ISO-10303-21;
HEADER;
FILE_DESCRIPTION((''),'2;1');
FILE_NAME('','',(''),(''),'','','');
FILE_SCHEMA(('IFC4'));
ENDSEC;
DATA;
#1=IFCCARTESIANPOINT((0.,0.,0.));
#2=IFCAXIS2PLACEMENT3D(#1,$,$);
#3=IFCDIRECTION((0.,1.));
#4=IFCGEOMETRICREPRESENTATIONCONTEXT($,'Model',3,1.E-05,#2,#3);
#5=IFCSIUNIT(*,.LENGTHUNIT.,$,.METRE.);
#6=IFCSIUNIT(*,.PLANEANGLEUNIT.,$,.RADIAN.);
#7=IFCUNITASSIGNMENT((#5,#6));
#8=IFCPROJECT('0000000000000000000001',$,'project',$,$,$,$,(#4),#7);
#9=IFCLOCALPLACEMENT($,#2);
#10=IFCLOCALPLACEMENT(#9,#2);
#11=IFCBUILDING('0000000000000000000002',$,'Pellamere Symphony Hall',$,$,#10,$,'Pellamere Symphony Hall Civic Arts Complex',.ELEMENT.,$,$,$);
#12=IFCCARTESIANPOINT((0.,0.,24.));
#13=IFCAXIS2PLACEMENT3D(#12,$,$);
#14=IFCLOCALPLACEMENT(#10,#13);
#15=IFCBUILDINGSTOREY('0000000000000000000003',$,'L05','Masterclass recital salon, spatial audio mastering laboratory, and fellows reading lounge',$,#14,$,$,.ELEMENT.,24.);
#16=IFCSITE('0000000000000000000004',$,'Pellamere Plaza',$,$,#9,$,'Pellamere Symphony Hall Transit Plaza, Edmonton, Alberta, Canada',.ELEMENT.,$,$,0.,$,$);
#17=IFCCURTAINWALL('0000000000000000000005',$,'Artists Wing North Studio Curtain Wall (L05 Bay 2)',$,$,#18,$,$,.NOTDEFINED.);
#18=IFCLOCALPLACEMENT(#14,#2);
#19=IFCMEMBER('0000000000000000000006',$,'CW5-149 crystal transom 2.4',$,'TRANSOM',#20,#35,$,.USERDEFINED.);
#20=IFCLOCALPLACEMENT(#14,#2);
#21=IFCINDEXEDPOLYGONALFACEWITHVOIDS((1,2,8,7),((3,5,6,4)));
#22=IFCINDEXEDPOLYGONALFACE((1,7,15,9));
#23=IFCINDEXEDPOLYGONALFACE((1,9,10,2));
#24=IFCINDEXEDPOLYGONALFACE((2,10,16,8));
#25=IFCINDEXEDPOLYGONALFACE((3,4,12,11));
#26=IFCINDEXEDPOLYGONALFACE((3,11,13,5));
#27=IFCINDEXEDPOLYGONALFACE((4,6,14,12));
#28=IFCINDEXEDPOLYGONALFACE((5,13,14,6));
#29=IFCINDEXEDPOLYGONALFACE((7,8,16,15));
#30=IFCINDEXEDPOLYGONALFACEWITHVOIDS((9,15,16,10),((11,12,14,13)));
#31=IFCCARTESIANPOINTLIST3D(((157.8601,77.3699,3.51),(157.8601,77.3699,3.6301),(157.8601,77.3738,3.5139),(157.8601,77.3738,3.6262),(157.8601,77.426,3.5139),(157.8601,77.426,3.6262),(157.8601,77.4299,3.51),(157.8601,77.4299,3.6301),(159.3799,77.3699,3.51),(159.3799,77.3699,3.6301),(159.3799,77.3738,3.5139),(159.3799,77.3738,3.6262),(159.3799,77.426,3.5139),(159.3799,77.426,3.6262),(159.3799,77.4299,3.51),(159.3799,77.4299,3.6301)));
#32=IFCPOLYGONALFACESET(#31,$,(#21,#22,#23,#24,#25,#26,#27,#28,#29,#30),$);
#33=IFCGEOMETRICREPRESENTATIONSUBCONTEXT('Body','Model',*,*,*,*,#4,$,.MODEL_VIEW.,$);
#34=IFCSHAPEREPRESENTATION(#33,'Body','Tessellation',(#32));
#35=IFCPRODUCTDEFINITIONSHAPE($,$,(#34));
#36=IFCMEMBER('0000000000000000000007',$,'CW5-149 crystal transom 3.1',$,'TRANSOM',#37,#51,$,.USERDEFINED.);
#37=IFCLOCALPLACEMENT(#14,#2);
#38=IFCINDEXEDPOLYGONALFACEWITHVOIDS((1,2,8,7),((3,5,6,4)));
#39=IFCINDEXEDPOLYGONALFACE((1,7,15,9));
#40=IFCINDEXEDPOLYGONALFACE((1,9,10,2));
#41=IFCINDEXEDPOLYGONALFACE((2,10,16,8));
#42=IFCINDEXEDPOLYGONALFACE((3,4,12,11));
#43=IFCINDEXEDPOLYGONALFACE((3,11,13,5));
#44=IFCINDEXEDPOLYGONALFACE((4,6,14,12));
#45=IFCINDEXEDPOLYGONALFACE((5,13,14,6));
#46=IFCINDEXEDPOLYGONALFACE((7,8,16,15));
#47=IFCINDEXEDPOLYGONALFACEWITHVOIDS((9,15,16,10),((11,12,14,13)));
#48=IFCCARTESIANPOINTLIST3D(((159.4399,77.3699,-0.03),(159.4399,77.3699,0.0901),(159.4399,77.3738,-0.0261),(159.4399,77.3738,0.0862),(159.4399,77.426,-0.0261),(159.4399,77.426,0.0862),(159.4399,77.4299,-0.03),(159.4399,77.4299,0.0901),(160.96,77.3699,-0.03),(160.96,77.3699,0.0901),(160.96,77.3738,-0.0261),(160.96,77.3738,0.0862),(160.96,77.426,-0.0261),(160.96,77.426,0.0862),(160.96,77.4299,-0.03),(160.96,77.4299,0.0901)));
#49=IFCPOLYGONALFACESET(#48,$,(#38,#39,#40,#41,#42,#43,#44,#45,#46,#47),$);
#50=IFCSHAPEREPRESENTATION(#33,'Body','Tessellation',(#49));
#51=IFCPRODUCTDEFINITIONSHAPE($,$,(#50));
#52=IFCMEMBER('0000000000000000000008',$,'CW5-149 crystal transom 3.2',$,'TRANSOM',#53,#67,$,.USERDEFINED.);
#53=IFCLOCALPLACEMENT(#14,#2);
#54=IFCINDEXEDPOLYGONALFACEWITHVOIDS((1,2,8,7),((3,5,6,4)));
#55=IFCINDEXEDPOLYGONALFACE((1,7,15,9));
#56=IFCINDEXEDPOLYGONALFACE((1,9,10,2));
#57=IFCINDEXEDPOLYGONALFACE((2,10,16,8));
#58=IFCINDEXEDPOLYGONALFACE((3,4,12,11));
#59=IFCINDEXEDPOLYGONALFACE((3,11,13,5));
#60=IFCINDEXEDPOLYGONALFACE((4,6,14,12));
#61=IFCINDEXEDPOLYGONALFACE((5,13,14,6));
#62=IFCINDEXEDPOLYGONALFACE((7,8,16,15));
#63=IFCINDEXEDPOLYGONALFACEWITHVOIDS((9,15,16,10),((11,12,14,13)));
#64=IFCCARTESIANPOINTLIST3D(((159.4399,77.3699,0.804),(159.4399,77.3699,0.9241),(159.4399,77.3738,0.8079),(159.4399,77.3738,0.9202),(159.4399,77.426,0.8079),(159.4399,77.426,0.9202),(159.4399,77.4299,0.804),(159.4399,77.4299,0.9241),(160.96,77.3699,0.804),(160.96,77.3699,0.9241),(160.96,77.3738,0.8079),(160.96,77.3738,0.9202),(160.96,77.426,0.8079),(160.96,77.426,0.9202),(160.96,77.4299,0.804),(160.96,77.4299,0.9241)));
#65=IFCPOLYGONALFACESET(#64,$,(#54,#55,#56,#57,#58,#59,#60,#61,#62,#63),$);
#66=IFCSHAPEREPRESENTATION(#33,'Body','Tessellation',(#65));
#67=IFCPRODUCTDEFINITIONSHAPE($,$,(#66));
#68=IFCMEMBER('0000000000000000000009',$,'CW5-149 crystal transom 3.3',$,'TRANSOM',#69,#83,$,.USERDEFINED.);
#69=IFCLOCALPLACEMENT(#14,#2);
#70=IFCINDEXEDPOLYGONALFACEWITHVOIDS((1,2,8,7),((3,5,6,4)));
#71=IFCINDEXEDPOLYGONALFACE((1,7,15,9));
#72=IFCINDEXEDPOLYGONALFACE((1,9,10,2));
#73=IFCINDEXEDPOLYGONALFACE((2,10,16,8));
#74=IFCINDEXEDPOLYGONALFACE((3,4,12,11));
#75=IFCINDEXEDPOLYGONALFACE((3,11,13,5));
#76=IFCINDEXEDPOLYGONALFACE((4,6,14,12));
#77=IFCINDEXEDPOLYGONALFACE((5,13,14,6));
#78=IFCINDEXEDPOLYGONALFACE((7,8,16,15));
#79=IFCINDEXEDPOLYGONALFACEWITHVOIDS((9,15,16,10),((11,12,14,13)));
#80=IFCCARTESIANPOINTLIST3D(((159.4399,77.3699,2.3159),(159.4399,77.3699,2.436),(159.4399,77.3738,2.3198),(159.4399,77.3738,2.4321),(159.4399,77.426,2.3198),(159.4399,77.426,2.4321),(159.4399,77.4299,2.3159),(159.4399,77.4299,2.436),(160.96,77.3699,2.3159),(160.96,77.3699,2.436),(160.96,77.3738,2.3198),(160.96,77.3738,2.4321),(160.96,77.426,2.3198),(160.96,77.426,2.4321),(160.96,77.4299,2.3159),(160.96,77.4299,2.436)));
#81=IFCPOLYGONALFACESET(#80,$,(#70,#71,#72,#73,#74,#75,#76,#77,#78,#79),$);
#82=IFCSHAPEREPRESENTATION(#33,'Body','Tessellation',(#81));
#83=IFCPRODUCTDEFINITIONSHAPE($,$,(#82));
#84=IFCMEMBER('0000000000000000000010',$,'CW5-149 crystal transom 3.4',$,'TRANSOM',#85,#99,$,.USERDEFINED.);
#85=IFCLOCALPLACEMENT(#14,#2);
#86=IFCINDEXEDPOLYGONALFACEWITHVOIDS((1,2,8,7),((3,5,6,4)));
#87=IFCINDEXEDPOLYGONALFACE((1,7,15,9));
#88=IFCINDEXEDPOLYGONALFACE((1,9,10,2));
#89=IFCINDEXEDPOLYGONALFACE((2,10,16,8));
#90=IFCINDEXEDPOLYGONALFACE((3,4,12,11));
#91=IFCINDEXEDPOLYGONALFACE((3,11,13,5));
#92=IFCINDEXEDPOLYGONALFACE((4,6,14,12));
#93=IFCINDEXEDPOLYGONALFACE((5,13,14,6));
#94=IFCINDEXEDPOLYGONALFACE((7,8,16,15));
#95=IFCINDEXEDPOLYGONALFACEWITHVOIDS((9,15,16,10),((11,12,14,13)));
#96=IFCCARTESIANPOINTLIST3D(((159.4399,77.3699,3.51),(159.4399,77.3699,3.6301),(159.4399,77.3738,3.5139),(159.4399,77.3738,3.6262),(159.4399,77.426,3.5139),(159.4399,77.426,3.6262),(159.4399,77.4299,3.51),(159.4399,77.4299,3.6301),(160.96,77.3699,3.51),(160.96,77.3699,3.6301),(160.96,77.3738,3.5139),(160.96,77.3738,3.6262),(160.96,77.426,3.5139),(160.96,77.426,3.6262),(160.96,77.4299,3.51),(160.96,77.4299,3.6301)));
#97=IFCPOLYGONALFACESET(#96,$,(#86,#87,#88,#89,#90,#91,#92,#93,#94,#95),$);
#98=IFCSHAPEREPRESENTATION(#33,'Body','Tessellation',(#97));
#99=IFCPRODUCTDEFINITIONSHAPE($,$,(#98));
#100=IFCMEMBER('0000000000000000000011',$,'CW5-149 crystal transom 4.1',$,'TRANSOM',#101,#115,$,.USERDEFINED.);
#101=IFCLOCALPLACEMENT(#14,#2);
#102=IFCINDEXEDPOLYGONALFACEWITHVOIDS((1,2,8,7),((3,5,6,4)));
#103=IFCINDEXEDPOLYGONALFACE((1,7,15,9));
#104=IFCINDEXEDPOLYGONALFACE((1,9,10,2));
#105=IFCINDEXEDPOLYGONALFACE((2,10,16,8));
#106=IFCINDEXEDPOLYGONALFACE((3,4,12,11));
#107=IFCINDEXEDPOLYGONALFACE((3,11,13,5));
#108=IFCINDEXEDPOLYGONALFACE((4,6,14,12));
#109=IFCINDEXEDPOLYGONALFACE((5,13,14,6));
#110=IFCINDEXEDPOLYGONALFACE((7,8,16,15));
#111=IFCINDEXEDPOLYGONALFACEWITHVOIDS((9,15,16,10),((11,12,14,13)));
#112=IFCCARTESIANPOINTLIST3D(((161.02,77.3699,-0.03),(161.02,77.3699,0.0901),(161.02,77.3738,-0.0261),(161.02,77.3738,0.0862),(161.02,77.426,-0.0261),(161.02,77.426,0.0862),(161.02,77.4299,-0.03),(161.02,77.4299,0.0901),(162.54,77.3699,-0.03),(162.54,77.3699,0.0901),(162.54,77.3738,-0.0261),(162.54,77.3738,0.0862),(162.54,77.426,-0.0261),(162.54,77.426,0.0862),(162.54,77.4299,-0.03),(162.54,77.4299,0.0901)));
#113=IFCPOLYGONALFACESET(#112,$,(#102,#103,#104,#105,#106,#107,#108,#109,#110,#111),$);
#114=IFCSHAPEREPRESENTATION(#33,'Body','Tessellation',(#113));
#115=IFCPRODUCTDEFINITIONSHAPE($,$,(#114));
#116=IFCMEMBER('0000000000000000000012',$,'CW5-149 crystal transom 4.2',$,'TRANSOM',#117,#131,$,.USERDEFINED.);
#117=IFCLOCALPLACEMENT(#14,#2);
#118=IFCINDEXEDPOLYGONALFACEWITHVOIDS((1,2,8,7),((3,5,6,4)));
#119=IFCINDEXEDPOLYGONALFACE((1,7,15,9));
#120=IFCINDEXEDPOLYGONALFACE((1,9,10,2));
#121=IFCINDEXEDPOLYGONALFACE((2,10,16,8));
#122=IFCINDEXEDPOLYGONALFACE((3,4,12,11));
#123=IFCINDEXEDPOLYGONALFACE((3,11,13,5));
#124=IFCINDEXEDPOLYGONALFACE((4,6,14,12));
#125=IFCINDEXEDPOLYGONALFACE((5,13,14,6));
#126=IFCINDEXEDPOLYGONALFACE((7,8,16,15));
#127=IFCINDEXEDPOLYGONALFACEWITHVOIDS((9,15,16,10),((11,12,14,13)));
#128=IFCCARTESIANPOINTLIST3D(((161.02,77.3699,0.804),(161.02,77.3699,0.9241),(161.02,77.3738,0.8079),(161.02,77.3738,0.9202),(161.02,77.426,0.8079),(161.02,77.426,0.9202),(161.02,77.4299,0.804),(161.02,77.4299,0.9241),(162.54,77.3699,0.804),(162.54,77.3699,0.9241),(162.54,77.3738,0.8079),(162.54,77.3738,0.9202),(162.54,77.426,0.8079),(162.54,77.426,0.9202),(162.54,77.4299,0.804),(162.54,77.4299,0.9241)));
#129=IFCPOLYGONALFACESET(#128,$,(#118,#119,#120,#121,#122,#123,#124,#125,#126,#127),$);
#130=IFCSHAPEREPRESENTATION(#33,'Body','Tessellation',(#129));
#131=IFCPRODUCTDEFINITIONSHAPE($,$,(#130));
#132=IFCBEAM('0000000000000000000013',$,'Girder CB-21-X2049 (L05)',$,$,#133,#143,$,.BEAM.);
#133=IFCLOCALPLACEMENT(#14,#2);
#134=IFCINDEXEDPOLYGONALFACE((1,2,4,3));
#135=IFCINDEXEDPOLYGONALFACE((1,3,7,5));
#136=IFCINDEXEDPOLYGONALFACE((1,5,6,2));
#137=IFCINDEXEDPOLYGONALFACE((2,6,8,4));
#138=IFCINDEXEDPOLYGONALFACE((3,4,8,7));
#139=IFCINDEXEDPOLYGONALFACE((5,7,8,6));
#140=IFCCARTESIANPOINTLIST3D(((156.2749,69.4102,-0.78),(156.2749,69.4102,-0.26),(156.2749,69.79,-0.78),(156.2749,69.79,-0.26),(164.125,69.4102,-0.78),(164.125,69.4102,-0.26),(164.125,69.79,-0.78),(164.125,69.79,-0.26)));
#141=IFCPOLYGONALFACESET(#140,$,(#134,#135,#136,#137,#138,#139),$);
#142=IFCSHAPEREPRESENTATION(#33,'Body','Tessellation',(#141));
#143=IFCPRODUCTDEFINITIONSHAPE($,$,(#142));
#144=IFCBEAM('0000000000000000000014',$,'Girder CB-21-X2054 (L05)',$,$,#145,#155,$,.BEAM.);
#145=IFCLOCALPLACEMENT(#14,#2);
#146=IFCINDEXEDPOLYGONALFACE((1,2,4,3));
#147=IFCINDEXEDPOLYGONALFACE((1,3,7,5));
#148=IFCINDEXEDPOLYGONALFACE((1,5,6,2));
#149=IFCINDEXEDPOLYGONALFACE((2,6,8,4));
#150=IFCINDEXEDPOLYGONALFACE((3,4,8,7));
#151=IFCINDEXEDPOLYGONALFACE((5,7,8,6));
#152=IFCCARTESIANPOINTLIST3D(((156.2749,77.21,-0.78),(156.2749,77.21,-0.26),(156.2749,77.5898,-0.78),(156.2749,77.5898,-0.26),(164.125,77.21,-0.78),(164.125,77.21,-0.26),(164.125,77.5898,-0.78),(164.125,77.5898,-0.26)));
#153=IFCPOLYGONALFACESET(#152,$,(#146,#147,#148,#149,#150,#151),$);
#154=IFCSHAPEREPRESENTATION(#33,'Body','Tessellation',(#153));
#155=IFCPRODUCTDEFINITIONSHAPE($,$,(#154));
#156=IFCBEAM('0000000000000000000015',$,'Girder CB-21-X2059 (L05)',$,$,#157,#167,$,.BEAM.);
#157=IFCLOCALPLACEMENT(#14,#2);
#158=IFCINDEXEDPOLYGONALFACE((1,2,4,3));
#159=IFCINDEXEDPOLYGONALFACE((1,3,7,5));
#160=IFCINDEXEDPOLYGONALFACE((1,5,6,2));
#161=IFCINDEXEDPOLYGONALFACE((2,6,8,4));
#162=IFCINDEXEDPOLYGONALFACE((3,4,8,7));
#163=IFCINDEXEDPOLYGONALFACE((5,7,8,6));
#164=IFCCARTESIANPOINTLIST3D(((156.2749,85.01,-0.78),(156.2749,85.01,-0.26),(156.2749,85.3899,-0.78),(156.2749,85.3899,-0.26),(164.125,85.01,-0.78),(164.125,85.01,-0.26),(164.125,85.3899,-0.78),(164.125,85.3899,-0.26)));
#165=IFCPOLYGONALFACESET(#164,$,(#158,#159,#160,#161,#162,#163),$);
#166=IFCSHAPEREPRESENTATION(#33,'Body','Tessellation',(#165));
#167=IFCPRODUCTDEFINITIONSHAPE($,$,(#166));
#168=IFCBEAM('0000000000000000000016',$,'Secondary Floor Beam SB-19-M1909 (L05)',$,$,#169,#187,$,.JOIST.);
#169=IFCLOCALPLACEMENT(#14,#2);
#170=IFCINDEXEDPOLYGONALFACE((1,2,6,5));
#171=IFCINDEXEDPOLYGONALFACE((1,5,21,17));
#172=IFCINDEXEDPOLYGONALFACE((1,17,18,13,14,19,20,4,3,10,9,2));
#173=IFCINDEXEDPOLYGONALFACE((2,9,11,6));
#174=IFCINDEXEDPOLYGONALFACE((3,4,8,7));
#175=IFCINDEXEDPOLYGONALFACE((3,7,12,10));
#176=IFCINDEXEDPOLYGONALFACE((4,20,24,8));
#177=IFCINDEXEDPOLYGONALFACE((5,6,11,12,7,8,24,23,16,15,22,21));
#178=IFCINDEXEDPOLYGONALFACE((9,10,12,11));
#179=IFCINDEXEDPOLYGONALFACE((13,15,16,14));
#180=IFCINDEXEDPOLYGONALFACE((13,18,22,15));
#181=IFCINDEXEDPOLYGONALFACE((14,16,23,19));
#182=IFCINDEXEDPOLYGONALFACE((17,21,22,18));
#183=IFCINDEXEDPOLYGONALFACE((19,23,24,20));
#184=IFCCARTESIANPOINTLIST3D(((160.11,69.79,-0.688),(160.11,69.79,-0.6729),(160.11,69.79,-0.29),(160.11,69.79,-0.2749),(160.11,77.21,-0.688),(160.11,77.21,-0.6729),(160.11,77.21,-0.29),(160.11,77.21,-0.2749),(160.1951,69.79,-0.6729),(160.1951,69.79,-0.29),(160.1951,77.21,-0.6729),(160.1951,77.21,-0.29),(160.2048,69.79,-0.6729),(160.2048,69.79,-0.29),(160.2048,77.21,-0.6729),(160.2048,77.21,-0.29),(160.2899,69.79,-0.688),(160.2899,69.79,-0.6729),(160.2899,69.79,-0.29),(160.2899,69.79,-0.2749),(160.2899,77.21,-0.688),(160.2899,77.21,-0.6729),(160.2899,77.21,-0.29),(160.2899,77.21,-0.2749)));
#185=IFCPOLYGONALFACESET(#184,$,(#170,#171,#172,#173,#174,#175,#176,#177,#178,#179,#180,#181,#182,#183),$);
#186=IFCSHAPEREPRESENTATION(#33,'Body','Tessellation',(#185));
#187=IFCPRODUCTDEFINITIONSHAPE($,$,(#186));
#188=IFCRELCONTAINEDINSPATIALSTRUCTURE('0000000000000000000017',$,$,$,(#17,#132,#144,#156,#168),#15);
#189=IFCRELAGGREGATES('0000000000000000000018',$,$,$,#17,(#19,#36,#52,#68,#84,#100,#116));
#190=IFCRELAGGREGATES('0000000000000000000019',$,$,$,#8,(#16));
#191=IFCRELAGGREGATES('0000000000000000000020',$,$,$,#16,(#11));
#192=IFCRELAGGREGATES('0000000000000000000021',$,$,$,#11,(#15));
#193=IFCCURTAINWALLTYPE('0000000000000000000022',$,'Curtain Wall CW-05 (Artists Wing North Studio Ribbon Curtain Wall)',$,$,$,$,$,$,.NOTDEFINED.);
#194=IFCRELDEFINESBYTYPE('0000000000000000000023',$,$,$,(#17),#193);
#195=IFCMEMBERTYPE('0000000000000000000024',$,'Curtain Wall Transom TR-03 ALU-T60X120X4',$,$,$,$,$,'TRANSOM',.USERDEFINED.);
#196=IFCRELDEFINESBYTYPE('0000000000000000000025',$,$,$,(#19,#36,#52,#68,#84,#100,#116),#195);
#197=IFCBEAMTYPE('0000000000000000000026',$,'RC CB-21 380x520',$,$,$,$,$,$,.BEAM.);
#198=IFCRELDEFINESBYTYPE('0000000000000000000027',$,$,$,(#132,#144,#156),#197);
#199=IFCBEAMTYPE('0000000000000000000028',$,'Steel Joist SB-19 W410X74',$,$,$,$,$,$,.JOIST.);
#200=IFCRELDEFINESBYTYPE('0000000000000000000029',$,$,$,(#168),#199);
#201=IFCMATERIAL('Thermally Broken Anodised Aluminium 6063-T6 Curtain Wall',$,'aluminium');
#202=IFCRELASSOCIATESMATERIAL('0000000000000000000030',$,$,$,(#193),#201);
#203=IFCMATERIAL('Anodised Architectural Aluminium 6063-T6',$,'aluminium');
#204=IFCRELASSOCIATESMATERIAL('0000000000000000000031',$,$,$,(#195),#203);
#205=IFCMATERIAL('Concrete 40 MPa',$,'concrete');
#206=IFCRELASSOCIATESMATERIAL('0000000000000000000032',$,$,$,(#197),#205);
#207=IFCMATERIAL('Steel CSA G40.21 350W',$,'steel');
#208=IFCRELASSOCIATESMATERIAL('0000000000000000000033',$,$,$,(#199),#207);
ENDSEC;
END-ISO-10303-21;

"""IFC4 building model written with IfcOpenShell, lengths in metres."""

from ifc_helpers import new_model, si_unit, direction, frame, origin, origin_2d, place, context, subcontext, project, spatial, rectangle, hollow_rectangle, i_section, extrude, material, material_profile, profile_set, type_object, element, aggregate, save


model = new_model("IFC4")

# Units and contexts
model_context = context("Model", 3, precision=1e-05, world=origin(), true_north=direction((0.0, 1.0)))
body_context = subcontext(model_context, "Body", "Model", "MODEL_VIEW")
ifc_project = project(units=[si_unit("LENGTHUNIT", "METRE"), si_unit("PLANEANGLEUNIT", "RADIAN")], contexts=[model_context])

# Site, building, storey
site_placement = place(None, origin())
site = spatial("IfcSite", under=ifc_project, at=site_placement, Name="Pellamere Plaza", LongName="Pellamere Symphony Hall Transit Plaza, Edmonton, Alberta, Canada", CompositionType="ELEMENT", RefElevation=0.0)
building_placement = place(site_placement, origin())
building = spatial("IfcBuilding", under=site, at=building_placement, Name="Pellamere Symphony Hall", LongName="Pellamere Symphony Hall Civic Arts Complex", CompositionType="ELEMENT")
storey_placement = place(building_placement, frame((0.0, 0.0, 24.0)))
storey = spatial("IfcBuildingStorey", under=building, at=storey_placement, Name="L05", Description="Masterclass recital salon, spatial audio mastering laboratory, and fellows reading lounge", CompositionType="ELEMENT", Elevation=24.0)

# Curtain wall, members
ifc_material_1 = material(Name="Thermally Broken Anodised Aluminium 6063-T6 Curtain Wall", Category="aluminium")
curtain_wall_type = type_object("IfcCurtainWallType", Name="Curtain Wall CW-05 (Artists Wing North Studio Ribbon Curtain Wall)", PredefinedType="NOTDEFINED", material=ifc_material_1)
curtain_wall_placement = place(storey_placement, origin())
curtain_wall = element("IfcCurtainWall", 1, at=curtain_wall_placement, inside=storey, type_object=curtain_wall_type, Name="Artists Wing North Studio Curtain Wall (L05 Bay 2)", PredefinedType="NOTDEFINED")
ifc_material_2 = material(Name="Anodised Architectural Aluminium 6063-T6", Category="aluminium")
ifc_material_profile_1 = material_profile(ifc_material_2, hollow_rectangle(XDim=0.0601, YDim=0.1201, WallThickness=0.0039, at=origin_2d()), Name="ALU-T60X120X4")
ifc_profile_set_1 = profile_set([ifc_material_profile_1], Name="Anodised Architectural Aluminium 6063-T6")
member_type_1 = type_object("IfcMemberType", Name="Curtain Wall Transom TR-03 ALU-T60X120X4", ElementType="TRANSOM", PredefinedType="USERDEFINED", material=ifc_profile_set_1)
member_1_placement = place(storey_placement, frame((157.8601, 77.3999, 3.5701), z_axis=(1.0, 0.0, 0.0), x_axis=(0.0, 1.0, 0.0)))
member_1 = element("IfcMember", 2, at=member_1_placement, type_object=member_type_1, Name="CW5-149 crystal transom 2.4", ObjectType="TRANSOM", PredefinedType="USERDEFINED", context=body_context, shape_type="SweptSolid", body=[
    extrude(hollow_rectangle(XDim=0.0601, YDim=0.1201, WallThickness=0.0039, at=origin_2d()), origin(), (0.0, 0.0, 1.0), 1.5198),
])
member_2_placement = place(storey_placement, frame((159.4399, 77.3999, 0.03), z_axis=(1.0, 0.0, 0.0), x_axis=(0.0, 1.0, 0.0)))
member_2 = element("IfcMember", 3, at=member_2_placement, type_object=member_type_1, Name="CW5-149 crystal transom 3.1", ObjectType="TRANSOM", PredefinedType="USERDEFINED", context=body_context, shape_type="SweptSolid", body=[
    extrude(hollow_rectangle(XDim=0.0601, YDim=0.1201, WallThickness=0.0039, at=origin_2d()), origin(), (0.0, 0.0, 1.0), 1.52),
])
member_3_placement = place(storey_placement, frame((159.4399, 77.3999, 0.864), z_axis=(1.0, 0.0, 0.0), x_axis=(0.0, 1.0, 0.0)))
member_3 = element("IfcMember", 4, at=member_3_placement, type_object=member_type_1, Name="CW5-149 crystal transom 3.2", ObjectType="TRANSOM", PredefinedType="USERDEFINED", context=body_context, shape_type="SweptSolid", body=[
    extrude(hollow_rectangle(XDim=0.0601, YDim=0.1201, WallThickness=0.0039, at=origin_2d()), origin(), (0.0, 0.0, 1.0), 1.52),
])
member_4_placement = place(storey_placement, frame((159.4399, 77.3999, 2.376), z_axis=(1.0, 0.0, 0.0), x_axis=(0.0, 1.0, 0.0)))
member_4 = element("IfcMember", 5, at=member_4_placement, type_object=member_type_1, Name="CW5-149 crystal transom 3.3", ObjectType="TRANSOM", PredefinedType="USERDEFINED", context=body_context, shape_type="SweptSolid", body=[
    extrude(hollow_rectangle(XDim=0.0601, YDim=0.1201, WallThickness=0.0039, at=origin_2d()), origin(), (0.0, 0.0, 1.0), 1.52),
])
member_5_placement = place(storey_placement, frame((159.4399, 77.3999, 3.5701), z_axis=(1.0, 0.0, 0.0), x_axis=(0.0, 1.0, 0.0)))
member_5 = element("IfcMember", 6, at=member_5_placement, type_object=member_type_1, Name="CW5-149 crystal transom 3.4", ObjectType="TRANSOM", PredefinedType="USERDEFINED", context=body_context, shape_type="SweptSolid", body=[
    extrude(hollow_rectangle(XDim=0.0601, YDim=0.1201, WallThickness=0.0039, at=origin_2d()), origin(), (0.0, 0.0, 1.0), 1.52),
])
member_6_placement = place(storey_placement, frame((161.02, 77.3999, 0.03), z_axis=(1.0, 0.0, 0.0), x_axis=(0.0, 1.0, 0.0)))
member_6 = element("IfcMember", 7, at=member_6_placement, type_object=member_type_1, Name="CW5-149 crystal transom 4.1", ObjectType="TRANSOM", PredefinedType="USERDEFINED", context=body_context, shape_type="SweptSolid", body=[
    extrude(hollow_rectangle(XDim=0.0601, YDim=0.1201, WallThickness=0.0039, at=origin_2d()), origin(), (0.0, 0.0, 1.0), 1.52),
])
member_7_placement = place(storey_placement, frame((161.02, 77.3999, 0.864), z_axis=(1.0, 0.0, 0.0), x_axis=(0.0, 1.0, 0.0)))
member_7 = element("IfcMember", 8, at=member_7_placement, type_object=member_type_1, Name="CW5-149 crystal transom 4.2", ObjectType="TRANSOM", PredefinedType="USERDEFINED", context=body_context, shape_type="SweptSolid", body=[
    extrude(hollow_rectangle(XDim=0.0601, YDim=0.1201, WallThickness=0.0039, at=origin_2d()), origin(), (0.0, 0.0, 1.0), 1.52),
])

# Beams
ifc_material_3 = material(Name="Concrete 40 MPa", Category="concrete")
ifc_material_profile_2 = material_profile(ifc_material_3, rectangle(XDim=0.3799, YDim=0.52, at=origin_2d()), Name="RC 380x520")
ifc_profile_set_2 = profile_set([ifc_material_profile_2], Name="Concrete 40 MPa")
beam_type_1 = type_object("IfcBeamType", Name="RC CB-21 380x520", PredefinedType="BEAM", material=ifc_profile_set_2)
for number, where, z_axis, x_axis, name in (
    (9, (156.2749, 69.6001, -0.52), (1.0, 0.0, 0.0), (0.0, 1.0, 0.0), "Girder CB-21-X2049 (L05)"),
    (10, (156.2749, 77.3999, -0.52), (1.0, 0.0, 0.0), (0.0, 1.0, 0.0), "Girder CB-21-X2054 (L05)"),
    (11, (156.2749, 85.2, -0.52), (1.0, 0.0, 0.0), (0.0, 1.0, 0.0), "Girder CB-21-X2059 (L05)"),
):
    element("IfcBeam", number, at=place(storey_placement, frame(where, z_axis=z_axis, x_axis=x_axis)), inside=storey, type_object=beam_type_1, Name=name, PredefinedType="BEAM", context=body_context, shape_type="SweptSolid", body=[
        extrude(rectangle(XDim=0.3799, YDim=0.52, at=origin_2d()), origin(), (0.0, 0.0, 1.0), 7.8501),
    ])
ifc_material_4 = material(Name="Steel CSA G40.21 350W", Category="steel")
ifc_material_profile_3 = material_profile(ifc_material_4, i_section(OverallWidth=0.1799, OverallDepth=0.4131, WebThickness=0.0098, FlangeThickness=0.0151, at=origin_2d()), Name="W410X74")
ifc_profile_set_3 = profile_set([ifc_material_profile_3], Name="Steel CSA G40.21 350W")
beam_type_2 = type_object("IfcBeamType", Name="Steel Joist SB-19 W410X74", PredefinedType="JOIST", material=ifc_profile_set_3)
beam_1_placement = place(storey_placement, frame((160.2, 69.79, -0.4814), z_axis=(0.0, 1.0, 0.0), x_axis=(-1.0, 0.0, 0.0)))
element("IfcBeam", 12, at=beam_1_placement, inside=storey, type_object=beam_type_2, Name="Secondary Floor Beam SB-19-M1909 (L05)", PredefinedType="JOIST", context=body_context, shape_type="SweptSolid", body=[
    extrude(i_section(OverallWidth=0.1799, OverallDepth=0.4131, WebThickness=0.0098, FlangeThickness=0.0151, at=origin_2d()), origin(), (0.0, 0.0, 1.0), 7.4199),
])

aggregate(curtain_wall, [member_1, member_2, member_3, member_4, member_5, member_6, member_7])

save(model, "model.ifc")
